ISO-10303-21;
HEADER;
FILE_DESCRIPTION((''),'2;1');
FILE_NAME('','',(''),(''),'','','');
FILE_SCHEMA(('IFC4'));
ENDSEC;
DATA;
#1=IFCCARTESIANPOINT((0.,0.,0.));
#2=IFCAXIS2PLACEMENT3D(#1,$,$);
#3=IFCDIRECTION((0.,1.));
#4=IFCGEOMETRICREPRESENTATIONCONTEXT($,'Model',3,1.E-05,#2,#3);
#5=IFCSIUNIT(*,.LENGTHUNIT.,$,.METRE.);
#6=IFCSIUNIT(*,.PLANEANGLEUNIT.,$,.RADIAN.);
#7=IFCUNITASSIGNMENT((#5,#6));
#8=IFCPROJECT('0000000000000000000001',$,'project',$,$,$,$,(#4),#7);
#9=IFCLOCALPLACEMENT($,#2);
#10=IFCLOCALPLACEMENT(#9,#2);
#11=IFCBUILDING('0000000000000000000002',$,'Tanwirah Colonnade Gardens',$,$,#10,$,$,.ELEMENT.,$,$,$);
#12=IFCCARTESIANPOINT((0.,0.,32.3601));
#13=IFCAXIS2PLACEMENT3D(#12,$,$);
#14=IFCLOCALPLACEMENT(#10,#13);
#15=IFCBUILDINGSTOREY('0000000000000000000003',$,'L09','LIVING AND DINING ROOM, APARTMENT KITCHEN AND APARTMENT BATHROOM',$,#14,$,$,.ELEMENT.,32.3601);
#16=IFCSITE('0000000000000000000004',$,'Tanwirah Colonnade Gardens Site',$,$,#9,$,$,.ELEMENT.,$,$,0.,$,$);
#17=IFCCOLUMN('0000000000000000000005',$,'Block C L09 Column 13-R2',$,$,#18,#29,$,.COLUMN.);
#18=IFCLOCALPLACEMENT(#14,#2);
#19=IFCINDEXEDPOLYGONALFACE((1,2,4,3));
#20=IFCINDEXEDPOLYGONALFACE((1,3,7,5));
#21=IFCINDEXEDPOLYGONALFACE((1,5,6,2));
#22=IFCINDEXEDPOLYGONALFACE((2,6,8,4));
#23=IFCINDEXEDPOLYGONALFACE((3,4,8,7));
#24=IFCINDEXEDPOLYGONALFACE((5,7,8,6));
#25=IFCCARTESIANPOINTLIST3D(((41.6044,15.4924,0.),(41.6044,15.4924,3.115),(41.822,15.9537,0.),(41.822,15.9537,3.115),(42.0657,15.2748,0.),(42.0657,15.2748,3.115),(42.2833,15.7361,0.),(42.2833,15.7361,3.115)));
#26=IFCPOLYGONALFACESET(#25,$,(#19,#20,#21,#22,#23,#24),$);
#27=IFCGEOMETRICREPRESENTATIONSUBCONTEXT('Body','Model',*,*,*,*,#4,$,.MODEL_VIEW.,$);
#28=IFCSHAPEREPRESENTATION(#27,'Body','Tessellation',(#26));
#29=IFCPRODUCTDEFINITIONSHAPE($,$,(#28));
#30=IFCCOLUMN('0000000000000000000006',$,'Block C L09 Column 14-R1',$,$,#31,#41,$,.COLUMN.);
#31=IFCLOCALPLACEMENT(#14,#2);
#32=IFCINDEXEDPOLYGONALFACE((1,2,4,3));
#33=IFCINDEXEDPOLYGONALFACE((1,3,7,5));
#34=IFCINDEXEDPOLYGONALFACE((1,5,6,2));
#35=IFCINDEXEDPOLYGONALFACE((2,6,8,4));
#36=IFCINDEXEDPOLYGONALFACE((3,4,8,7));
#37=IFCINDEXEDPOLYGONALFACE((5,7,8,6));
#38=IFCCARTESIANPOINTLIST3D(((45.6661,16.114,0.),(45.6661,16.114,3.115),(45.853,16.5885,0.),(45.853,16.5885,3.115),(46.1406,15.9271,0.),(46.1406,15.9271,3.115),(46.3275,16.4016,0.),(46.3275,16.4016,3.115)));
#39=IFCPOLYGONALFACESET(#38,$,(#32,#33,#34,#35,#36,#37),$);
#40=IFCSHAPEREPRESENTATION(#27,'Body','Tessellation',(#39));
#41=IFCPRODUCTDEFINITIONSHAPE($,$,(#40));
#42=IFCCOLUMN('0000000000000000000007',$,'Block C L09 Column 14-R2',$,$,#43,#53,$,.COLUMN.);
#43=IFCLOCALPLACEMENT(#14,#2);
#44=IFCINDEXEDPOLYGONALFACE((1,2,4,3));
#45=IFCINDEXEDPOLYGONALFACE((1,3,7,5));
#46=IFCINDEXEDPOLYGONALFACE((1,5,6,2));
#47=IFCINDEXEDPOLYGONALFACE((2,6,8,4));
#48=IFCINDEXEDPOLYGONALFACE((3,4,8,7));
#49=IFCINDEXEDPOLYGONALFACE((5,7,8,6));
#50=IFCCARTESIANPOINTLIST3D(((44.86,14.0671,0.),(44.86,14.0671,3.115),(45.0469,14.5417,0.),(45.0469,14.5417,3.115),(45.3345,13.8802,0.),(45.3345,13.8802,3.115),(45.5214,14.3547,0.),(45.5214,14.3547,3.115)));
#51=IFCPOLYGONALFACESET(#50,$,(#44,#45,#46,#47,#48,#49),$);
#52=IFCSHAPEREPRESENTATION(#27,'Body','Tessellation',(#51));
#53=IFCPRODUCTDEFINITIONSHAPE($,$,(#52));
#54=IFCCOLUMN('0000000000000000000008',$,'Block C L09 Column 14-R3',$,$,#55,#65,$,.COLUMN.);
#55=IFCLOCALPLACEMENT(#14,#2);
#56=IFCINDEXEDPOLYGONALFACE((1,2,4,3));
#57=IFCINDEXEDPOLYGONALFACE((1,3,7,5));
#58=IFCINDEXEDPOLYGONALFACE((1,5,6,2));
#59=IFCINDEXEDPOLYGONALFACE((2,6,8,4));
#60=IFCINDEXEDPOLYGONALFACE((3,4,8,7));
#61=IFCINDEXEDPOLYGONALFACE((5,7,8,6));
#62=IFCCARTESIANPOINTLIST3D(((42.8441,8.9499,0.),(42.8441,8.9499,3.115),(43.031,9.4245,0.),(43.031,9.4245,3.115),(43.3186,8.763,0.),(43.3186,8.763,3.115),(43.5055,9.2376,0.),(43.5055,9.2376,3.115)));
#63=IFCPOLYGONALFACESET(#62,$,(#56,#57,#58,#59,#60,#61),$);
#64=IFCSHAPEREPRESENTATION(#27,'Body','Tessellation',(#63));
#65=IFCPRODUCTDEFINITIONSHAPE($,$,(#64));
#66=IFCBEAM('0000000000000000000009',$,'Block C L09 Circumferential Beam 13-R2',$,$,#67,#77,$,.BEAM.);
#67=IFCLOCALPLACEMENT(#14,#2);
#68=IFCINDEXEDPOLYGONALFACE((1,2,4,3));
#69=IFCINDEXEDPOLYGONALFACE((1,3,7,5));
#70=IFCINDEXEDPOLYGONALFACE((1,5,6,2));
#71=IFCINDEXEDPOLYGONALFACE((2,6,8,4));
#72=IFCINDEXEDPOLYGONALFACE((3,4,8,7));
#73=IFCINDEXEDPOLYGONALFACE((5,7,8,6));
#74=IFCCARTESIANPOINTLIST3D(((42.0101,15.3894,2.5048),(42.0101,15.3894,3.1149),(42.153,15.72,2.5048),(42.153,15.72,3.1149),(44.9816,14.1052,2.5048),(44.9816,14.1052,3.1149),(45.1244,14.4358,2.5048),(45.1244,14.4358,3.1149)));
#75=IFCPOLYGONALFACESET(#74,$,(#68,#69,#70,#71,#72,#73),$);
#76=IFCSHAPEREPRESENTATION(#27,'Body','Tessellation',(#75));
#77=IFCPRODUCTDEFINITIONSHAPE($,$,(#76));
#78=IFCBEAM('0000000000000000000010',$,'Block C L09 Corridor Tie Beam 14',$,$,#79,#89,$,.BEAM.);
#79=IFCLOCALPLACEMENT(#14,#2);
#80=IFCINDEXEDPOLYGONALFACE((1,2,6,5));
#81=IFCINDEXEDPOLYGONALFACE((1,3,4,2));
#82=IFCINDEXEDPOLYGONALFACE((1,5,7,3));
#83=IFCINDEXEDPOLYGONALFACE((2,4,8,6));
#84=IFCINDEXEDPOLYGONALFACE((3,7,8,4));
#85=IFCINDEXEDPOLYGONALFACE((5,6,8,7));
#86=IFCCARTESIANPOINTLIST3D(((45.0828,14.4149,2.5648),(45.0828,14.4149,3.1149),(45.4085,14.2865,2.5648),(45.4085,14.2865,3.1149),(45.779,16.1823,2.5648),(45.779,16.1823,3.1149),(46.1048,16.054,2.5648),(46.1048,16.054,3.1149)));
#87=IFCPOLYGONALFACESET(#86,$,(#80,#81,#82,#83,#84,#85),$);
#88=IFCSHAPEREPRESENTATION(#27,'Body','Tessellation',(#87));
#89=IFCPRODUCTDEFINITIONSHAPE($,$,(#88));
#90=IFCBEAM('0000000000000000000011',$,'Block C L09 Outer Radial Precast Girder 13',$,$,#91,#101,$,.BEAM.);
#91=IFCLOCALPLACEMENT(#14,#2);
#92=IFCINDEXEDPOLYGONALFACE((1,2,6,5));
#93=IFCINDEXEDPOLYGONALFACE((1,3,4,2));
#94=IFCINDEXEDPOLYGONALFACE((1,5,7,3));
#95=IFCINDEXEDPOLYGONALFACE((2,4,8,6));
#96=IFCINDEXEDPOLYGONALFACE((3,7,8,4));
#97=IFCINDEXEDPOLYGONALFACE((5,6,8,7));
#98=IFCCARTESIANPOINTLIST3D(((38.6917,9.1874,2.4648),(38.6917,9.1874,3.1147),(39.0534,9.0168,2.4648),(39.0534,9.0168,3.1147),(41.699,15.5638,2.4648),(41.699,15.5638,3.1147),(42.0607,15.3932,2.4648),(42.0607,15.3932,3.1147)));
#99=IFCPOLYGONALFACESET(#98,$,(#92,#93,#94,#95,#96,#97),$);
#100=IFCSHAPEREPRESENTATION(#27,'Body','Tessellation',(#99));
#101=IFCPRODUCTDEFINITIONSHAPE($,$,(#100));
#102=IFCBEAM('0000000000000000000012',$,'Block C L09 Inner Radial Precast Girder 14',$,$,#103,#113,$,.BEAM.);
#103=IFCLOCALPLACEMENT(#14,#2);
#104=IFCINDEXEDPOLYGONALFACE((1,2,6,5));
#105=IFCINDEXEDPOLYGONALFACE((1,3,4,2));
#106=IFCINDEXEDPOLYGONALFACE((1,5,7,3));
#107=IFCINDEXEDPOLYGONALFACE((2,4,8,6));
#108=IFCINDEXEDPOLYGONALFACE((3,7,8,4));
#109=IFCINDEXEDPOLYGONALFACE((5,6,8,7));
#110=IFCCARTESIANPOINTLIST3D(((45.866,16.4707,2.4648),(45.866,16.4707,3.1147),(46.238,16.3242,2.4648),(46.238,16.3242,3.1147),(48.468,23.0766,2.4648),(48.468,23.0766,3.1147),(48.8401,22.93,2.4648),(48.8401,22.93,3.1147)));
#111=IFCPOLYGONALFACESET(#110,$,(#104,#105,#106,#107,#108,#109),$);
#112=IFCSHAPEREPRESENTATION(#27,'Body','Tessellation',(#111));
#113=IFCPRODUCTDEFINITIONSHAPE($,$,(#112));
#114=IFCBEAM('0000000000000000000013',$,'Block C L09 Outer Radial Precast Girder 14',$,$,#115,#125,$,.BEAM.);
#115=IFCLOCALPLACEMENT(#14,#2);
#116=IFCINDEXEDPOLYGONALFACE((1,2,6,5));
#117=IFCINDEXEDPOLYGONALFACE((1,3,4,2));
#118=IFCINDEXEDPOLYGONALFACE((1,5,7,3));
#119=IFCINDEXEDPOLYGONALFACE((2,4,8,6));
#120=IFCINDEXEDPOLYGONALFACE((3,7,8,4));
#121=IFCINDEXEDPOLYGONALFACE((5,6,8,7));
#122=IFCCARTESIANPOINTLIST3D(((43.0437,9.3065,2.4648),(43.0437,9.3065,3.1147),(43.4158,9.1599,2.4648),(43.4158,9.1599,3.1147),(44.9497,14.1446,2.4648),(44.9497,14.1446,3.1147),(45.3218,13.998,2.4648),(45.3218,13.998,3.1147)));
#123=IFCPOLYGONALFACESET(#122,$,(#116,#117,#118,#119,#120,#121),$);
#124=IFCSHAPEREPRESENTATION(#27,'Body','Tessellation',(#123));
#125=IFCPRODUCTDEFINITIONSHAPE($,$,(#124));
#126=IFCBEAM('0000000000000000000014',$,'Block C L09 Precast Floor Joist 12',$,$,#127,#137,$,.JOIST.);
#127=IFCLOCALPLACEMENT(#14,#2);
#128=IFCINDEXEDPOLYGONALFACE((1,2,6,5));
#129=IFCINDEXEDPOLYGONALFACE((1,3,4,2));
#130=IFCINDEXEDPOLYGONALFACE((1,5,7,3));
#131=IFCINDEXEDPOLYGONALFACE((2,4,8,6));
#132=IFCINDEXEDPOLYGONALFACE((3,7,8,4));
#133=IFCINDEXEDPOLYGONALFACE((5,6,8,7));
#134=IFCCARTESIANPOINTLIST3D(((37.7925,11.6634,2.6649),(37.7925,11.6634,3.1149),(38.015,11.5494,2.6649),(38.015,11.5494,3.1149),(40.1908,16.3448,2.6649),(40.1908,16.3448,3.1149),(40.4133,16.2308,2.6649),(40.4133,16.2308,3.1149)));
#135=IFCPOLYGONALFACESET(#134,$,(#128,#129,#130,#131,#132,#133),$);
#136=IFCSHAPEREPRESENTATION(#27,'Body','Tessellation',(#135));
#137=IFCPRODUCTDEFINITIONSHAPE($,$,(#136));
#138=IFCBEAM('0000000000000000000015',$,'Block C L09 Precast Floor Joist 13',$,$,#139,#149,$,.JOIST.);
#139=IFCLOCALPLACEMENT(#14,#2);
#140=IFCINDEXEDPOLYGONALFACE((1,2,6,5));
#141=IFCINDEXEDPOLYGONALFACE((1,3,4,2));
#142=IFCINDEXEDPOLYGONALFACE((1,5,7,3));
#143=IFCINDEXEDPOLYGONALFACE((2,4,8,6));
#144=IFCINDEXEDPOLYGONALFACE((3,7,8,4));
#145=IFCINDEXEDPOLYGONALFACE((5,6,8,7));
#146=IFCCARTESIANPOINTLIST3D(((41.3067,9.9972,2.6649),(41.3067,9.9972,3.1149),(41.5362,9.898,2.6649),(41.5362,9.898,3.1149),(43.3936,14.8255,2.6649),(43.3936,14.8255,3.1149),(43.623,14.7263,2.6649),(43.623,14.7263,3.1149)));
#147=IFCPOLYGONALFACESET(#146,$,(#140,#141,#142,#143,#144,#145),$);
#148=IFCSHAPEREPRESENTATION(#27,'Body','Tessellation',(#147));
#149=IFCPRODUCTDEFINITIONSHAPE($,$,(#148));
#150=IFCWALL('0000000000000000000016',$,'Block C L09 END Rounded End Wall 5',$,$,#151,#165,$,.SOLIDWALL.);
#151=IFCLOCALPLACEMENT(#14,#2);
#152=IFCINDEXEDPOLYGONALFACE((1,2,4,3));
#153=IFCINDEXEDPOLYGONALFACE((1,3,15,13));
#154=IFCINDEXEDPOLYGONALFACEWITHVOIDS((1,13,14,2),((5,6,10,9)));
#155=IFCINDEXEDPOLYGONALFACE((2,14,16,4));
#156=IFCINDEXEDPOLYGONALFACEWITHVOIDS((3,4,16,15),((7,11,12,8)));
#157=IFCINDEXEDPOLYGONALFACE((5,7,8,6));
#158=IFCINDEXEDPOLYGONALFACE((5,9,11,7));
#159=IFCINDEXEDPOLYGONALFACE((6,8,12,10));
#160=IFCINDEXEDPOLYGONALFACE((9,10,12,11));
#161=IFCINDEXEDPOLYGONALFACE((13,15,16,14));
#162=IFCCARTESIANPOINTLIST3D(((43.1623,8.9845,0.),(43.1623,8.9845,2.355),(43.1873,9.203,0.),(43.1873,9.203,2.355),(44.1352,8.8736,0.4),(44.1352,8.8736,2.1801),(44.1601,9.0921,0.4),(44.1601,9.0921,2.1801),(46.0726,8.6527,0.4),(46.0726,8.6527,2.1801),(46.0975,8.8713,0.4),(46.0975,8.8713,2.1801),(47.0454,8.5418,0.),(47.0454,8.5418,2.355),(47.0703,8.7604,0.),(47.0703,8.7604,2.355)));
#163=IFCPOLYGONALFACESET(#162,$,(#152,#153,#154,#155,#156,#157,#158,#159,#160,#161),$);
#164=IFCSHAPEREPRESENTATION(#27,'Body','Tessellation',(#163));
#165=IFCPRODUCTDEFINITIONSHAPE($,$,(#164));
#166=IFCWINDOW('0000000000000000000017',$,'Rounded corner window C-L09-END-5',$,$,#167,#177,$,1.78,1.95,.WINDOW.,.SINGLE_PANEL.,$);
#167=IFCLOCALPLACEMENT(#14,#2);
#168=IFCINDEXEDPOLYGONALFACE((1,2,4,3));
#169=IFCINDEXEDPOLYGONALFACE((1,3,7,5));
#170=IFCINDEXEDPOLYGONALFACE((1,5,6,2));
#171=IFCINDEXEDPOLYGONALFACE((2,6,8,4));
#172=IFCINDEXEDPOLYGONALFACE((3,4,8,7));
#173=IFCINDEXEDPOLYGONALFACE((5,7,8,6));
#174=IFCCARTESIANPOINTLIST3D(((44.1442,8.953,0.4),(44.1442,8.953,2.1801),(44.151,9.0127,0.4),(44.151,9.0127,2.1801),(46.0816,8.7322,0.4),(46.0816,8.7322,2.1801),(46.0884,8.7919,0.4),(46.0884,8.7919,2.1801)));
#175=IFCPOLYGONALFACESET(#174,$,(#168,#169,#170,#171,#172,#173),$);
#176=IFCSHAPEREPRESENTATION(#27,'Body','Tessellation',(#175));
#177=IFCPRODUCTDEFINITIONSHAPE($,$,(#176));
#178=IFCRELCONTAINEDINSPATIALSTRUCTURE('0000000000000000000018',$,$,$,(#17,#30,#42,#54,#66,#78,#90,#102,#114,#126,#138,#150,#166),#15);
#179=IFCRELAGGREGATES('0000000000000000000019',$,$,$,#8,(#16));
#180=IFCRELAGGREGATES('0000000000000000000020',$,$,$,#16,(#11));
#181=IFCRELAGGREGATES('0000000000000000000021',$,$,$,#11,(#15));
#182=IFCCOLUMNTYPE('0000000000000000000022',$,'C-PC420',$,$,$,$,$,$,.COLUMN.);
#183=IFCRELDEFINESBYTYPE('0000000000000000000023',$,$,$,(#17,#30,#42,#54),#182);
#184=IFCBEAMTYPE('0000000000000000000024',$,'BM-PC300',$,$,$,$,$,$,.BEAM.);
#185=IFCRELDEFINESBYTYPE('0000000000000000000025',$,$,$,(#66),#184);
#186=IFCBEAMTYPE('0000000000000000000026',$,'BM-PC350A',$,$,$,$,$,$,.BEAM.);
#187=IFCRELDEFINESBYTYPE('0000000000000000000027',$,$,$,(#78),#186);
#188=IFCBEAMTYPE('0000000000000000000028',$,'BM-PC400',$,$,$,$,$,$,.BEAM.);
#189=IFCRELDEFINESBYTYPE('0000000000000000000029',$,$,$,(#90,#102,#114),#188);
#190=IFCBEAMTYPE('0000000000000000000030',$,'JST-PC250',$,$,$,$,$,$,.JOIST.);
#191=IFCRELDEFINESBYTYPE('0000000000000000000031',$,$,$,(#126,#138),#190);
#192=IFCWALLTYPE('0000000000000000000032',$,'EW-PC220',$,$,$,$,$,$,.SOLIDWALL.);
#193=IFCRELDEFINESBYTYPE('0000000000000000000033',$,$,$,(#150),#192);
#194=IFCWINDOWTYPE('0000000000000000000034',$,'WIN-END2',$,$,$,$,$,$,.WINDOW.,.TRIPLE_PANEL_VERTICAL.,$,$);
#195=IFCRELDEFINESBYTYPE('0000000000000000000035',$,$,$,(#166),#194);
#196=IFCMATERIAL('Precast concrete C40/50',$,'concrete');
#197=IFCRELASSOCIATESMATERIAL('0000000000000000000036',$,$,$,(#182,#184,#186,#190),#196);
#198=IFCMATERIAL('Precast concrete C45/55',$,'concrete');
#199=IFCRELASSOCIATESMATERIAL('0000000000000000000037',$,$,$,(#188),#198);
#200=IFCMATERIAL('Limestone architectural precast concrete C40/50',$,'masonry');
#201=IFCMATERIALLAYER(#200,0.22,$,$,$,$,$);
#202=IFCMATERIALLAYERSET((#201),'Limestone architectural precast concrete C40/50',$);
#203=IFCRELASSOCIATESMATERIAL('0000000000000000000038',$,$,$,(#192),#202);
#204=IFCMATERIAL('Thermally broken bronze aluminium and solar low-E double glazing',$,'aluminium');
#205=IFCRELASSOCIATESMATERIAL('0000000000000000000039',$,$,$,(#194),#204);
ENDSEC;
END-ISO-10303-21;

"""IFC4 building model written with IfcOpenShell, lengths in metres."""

from ifc_helpers import new_model, si_unit, direction, frame, frame_2d, origin, origin_2d, place, context, subcontext, project, spatial, rectangle, extrude, material, layer, layer_set, material_profile, profile_set, type_object, element, fill, save


model = new_model("IFC4")

# Units and contexts
model_context = context("Model", 3, precision=1e-05, world=origin(), true_north=direction((0.0, 1.0)))
body_context = subcontext(model_context, "Body", "Model", "MODEL_VIEW")
ifc_project = project(units=[si_unit("LENGTHUNIT", "METRE"), si_unit("PLANEANGLEUNIT", "RADIAN")], contexts=[model_context])

# Site, building, storey
site_placement = place(None, origin())
site = spatial("IfcSite", under=ifc_project, at=site_placement, Name="Tanwirah Colonnade Gardens Site", CompositionType="ELEMENT", RefElevation=0.0)
building_placement = place(site_placement, origin())
building = spatial("IfcBuilding", under=site, at=building_placement, Name="Tanwirah Colonnade Gardens", CompositionType="ELEMENT")
storey_placement = place(building_placement, frame((0.0, 0.0, 32.3601)))
storey = spatial("IfcBuildingStorey", under=building, at=storey_placement, Name="L09", Description="LIVING AND DINING ROOM, APARTMENT KITCHEN AND APARTMENT BATHROOM", CompositionType="ELEMENT", Elevation=32.3601)

# Columns
ifc_material_1 = material(Name="Precast concrete C40/50", Category="concrete")
ifc_material_profile_1 = material_profile(ifc_material_1, rectangle(XDim=0.51, YDim=0.51, at=origin_2d()), Name="PC-COL 510x510")
ifc_profile_set_1 = profile_set([ifc_material_profile_1], Name="Precast concrete C40/50")
column_type = type_object("IfcColumnType", Name="C-PC420", PredefinedType="COLUMN", material=ifc_profile_set_1)
for number, where, z_axis, x_axis, name in (
    (1, (41.9438, 15.6143, 0.0), (0.0, 0.0, 1.0), (-0.426569, -0.904455, 0.0), "Block C L09 Column 13-R2"),
    (2, (45.9968, 16.2578, 0.0), (0.0, 0.0, 1.0), (-0.366501, -0.930418, 0.0), "Block C L09 Column 14-R1"),
    (3, (45.1907, 14.2109, 0.0), (0.0, 0.0, 1.0), (-0.366501, -0.930418, 0.0), "Block C L09 Column 14-R2"),
    (4, (43.1748, 9.0938, 0.0), (0.0, 0.0, 1.0), (-0.366501, -0.930418, 0.0), "Block C L09 Column 14-R3"),
):
    element("IfcColumn", number, at=place(storey_placement, frame(where, z_axis=z_axis, x_axis=x_axis)), inside=storey, type_object=column_type, Name=name, PredefinedType="COLUMN", context=body_context, shape_type="SweptSolid", body=[
        extrude(rectangle(XDim=0.51, YDim=0.51, at=origin_2d()), origin(), (0.0, 0.0, 1.0), 3.115),
    ])

# Beams
ifc_material_profile_2 = material_profile(ifc_material_1, rectangle(XDim=0.3601, YDim=0.6101, at=origin_2d()), Name="PC-BM 360x610")
ifc_profile_set_2 = profile_set([ifc_material_profile_2], Name="Precast concrete C40/50")
beam_type_1 = type_object("IfcBeamType", Name="BM-PC300", PredefinedType="BEAM", material=ifc_profile_set_2)
beam_1_placement = place(storey_placement, frame((42.0815, 15.5547, 2.8098), z_axis=(0.917943, -0.396712, 0.0), x_axis=(0.396712, 0.917943, 0.0)))
element("IfcBeam", 5, at=beam_1_placement, inside=storey, type_object=beam_type_1, Name="Block C L09 Circumferential Beam 13-R2", PredefinedType="BEAM", context=body_context, shape_type="SweptSolid", body=[
    extrude(rectangle(XDim=0.3601, YDim=0.6101, at=origin_2d()), origin(), (0.0, 0.0, 1.0), 3.2371),
])
ifc_material_profile_3 = material_profile(ifc_material_1, rectangle(XDim=0.3501, YDim=0.55, at=origin_2d()), Name="PC-BM 350x550")
ifc_profile_set_3 = profile_set([ifc_material_profile_3], Name="Precast concrete C40/50")
beam_type_2 = type_object("IfcBeamType", Name="BM-PC350A", PredefinedType="BEAM", material=ifc_profile_set_3)
beam_2_placement = place(storey_placement, frame((45.9419, 16.1182, 2.8398), z_axis=(-0.366511, -0.930414, 0.0), x_axis=(0.930414, -0.366511, 0.0)))
element("IfcBeam", 6, at=beam_2_placement, inside=storey, type_object=beam_type_2, Name="Block C L09 Corridor Tie Beam 14", PredefinedType="BEAM", context=body_context, shape_type="SweptSolid", body=[
    extrude(rectangle(XDim=0.3501, YDim=0.55, at=origin_2d()), origin(), (0.0, 0.0, 1.0), 1.8997),
])
ifc_material_2 = material(Name="Precast concrete C45/55", Category="concrete")
ifc_material_profile_4 = material_profile(ifc_material_2, rectangle(XDim=0.3999, YDim=0.6499, at=origin_2d()), Name="PC-BM 400x650")
ifc_profile_set_4 = profile_set([ifc_material_profile_4], Name="Precast concrete C45/55")
beam_type_3 = type_object("IfcBeamType", Name="BM-PC400", PredefinedType="BEAM", material=ifc_profile_set_4)
beam_3_placement = place(storey_placement, frame((41.8799, 15.4785, 2.7898), z_axis=(-0.426567, -0.904456, 0.0), x_axis=(0.904456, -0.426567, 0.0)))
element("IfcBeam", 7, at=beam_3_placement, inside=storey, type_object=beam_type_3, Name="Block C L09 Outer Radial Precast Girder 13", PredefinedType="BEAM", context=body_context, shape_type="SweptSolid", body=[
    extrude(rectangle(XDim=0.3999, YDim=0.6499, at=origin_2d()), origin(), (0.0, 0.0, 1.0), 7.05),
])
beam_4_placement = place(storey_placement, frame((46.052, 16.3975, 2.7898), z_axis=(0.366488, 0.930423, 0.0), x_axis=(-0.930423, 0.366488, 0.0)))
element("IfcBeam", 8, at=beam_4_placement, inside=storey, type_object=beam_type_3, Name="Block C L09 Inner Radial Precast Girder 14", PredefinedType="BEAM", context=body_context, shape_type="SweptSolid", body=[
    extrude(rectangle(XDim=0.3999, YDim=0.6499, at=origin_2d()), origin(), (0.0, 0.0, 1.0), 7.0999),
])
beam_5_placement = place(storey_placement, frame((45.1357, 14.0713, 2.7898), z_axis=(-0.366537, -0.930404, 0.0), x_axis=(0.930404, -0.366537, 0.0)))
element("IfcBeam", 9, at=beam_5_placement, inside=storey, type_object=beam_type_3, Name="Block C L09 Outer Radial Precast Girder 14", PredefinedType="BEAM", context=body_context, shape_type="SweptSolid", body=[
    extrude(rectangle(XDim=0.3999, YDim=0.6499, at=origin_2d()), origin(), (0.0, 0.0, 1.0), 5.2),
])
ifc_material_profile_5 = material_profile(ifc_material_1, rectangle(XDim=0.25, YDim=0.45, at=origin_2d()), Name="PC-JST 250x450")
ifc_profile_set_5 = profile_set([ifc_material_profile_5], Name="Precast concrete C40/50")
beam_type_4 = type_object("IfcBeamType", Name="JST-PC250", PredefinedType="JOIST", material=ifc_profile_set_5)
for number, where, z_axis, x_axis, name in (
    (10, (40.302, 16.2878, 2.8899), (-0.455937, -0.890012, 0.0), (0.890012, -0.455937, 0.0), "Block C L09 Precast Floor Joist 12"),
    (11, (43.5083, 14.7759, 2.8899), (-0.396746, -0.917928, 0.0), (0.917928, -0.396746, 0.0), "Block C L09 Precast Floor Joist 13"),
):
    element("IfcBeam", number, at=place(storey_placement, frame(where, z_axis=z_axis, x_axis=x_axis)), inside=storey, type_object=beam_type_4, Name=name, PredefinedType="JOIST", context=body_context, shape_type="SweptSolid", body=[
        extrude(rectangle(XDim=0.25, YDim=0.45, at=origin_2d()), origin(), (0.0, 0.0, 1.0), 5.26),
    ])

# Wall, opening, window
ifc_material_3 = material(Name="Limestone architectural precast concrete C40/50", Category="masonry")
ifc_layer_1 = layer(ifc_material_3, 0.22)
ifc_layer_set_1 = layer_set([ifc_layer_1], Name="Limestone architectural precast concrete C40/50")
wall_type_1 = type_object("IfcWallType", Name="EW-PC220", PredefinedType="SOLIDWALL", material=ifc_layer_set_1)
wall_1_placement = place(storey_placement, frame((47.0579, 8.6511, 0.0), z_axis=(0.0, 0.0, 1.0), x_axis=(-0.993566, 0.113256, 0.0)))
wall_1 = element("IfcWall", 12, at=wall_1_placement, inside=storey, type_object=wall_type_1, Name="Block C L09 END Rounded End Wall 5", PredefinedType="SOLIDWALL", context=body_context, shape_type="SweptSolid", body=[
    extrude(rectangle(XDim=3.9082, YDim=0.22, at=frame_2d((1.9541, 0.0))), origin(), (0.0, 0.0, 1.0), 2.355),
])
opening_1_placement = place(wall_1_placement, frame((0.979, 0.0, 0.3999)))
opening_1 = element("IfcOpeningElement", 13, at=opening_1_placement, cuts=wall_1, PredefinedType="OPENING", context=body_context, shape_type="SweptSolid", body=[
    extrude(rectangle(XDim=1.95, YDim=1.78, at=frame_2d((0.9751, 0.8901))), frame((0.0, 0.1199, 0.0), z_axis=(0.0, -1.0, 0.0), x_axis=(1.0, 0.0, 0.0)), (0.0, 0.0, 1.0), 0.24),
])
ifc_material_4 = material(Name="Thermally broken bronze aluminium and solar low-E double glazing", Category="aluminium")
window_type = type_object("IfcWindowType", Name="WIN-END2", PartitioningType="TRIPLE_PANEL_VERTICAL", PredefinedType="WINDOW", material=ifc_material_4)
window_placement = place(opening_1_placement, origin())
window = element("IfcWindow", 14, at=window_placement, inside=storey, type_object=window_type, Name="Rounded corner window C-L09-END-5", OverallHeight=1.78, OverallWidth=1.95, PartitioningType="SINGLE_PANEL", PredefinedType="WINDOW", context=body_context, shape_type="SweptSolid", body=[
    extrude(rectangle(XDim=1.95, YDim=1.78, at=frame_2d((0.9751, 0.8901))), frame((0.0, 0.03, 0.0), z_axis=(0.0, -1.0, 0.0), x_axis=(1.0, 0.0, 0.0)), (0.0, 0.0, 1.0), 0.0601),
])
fill(opening_1, window)

save(model, "model.ifc")
